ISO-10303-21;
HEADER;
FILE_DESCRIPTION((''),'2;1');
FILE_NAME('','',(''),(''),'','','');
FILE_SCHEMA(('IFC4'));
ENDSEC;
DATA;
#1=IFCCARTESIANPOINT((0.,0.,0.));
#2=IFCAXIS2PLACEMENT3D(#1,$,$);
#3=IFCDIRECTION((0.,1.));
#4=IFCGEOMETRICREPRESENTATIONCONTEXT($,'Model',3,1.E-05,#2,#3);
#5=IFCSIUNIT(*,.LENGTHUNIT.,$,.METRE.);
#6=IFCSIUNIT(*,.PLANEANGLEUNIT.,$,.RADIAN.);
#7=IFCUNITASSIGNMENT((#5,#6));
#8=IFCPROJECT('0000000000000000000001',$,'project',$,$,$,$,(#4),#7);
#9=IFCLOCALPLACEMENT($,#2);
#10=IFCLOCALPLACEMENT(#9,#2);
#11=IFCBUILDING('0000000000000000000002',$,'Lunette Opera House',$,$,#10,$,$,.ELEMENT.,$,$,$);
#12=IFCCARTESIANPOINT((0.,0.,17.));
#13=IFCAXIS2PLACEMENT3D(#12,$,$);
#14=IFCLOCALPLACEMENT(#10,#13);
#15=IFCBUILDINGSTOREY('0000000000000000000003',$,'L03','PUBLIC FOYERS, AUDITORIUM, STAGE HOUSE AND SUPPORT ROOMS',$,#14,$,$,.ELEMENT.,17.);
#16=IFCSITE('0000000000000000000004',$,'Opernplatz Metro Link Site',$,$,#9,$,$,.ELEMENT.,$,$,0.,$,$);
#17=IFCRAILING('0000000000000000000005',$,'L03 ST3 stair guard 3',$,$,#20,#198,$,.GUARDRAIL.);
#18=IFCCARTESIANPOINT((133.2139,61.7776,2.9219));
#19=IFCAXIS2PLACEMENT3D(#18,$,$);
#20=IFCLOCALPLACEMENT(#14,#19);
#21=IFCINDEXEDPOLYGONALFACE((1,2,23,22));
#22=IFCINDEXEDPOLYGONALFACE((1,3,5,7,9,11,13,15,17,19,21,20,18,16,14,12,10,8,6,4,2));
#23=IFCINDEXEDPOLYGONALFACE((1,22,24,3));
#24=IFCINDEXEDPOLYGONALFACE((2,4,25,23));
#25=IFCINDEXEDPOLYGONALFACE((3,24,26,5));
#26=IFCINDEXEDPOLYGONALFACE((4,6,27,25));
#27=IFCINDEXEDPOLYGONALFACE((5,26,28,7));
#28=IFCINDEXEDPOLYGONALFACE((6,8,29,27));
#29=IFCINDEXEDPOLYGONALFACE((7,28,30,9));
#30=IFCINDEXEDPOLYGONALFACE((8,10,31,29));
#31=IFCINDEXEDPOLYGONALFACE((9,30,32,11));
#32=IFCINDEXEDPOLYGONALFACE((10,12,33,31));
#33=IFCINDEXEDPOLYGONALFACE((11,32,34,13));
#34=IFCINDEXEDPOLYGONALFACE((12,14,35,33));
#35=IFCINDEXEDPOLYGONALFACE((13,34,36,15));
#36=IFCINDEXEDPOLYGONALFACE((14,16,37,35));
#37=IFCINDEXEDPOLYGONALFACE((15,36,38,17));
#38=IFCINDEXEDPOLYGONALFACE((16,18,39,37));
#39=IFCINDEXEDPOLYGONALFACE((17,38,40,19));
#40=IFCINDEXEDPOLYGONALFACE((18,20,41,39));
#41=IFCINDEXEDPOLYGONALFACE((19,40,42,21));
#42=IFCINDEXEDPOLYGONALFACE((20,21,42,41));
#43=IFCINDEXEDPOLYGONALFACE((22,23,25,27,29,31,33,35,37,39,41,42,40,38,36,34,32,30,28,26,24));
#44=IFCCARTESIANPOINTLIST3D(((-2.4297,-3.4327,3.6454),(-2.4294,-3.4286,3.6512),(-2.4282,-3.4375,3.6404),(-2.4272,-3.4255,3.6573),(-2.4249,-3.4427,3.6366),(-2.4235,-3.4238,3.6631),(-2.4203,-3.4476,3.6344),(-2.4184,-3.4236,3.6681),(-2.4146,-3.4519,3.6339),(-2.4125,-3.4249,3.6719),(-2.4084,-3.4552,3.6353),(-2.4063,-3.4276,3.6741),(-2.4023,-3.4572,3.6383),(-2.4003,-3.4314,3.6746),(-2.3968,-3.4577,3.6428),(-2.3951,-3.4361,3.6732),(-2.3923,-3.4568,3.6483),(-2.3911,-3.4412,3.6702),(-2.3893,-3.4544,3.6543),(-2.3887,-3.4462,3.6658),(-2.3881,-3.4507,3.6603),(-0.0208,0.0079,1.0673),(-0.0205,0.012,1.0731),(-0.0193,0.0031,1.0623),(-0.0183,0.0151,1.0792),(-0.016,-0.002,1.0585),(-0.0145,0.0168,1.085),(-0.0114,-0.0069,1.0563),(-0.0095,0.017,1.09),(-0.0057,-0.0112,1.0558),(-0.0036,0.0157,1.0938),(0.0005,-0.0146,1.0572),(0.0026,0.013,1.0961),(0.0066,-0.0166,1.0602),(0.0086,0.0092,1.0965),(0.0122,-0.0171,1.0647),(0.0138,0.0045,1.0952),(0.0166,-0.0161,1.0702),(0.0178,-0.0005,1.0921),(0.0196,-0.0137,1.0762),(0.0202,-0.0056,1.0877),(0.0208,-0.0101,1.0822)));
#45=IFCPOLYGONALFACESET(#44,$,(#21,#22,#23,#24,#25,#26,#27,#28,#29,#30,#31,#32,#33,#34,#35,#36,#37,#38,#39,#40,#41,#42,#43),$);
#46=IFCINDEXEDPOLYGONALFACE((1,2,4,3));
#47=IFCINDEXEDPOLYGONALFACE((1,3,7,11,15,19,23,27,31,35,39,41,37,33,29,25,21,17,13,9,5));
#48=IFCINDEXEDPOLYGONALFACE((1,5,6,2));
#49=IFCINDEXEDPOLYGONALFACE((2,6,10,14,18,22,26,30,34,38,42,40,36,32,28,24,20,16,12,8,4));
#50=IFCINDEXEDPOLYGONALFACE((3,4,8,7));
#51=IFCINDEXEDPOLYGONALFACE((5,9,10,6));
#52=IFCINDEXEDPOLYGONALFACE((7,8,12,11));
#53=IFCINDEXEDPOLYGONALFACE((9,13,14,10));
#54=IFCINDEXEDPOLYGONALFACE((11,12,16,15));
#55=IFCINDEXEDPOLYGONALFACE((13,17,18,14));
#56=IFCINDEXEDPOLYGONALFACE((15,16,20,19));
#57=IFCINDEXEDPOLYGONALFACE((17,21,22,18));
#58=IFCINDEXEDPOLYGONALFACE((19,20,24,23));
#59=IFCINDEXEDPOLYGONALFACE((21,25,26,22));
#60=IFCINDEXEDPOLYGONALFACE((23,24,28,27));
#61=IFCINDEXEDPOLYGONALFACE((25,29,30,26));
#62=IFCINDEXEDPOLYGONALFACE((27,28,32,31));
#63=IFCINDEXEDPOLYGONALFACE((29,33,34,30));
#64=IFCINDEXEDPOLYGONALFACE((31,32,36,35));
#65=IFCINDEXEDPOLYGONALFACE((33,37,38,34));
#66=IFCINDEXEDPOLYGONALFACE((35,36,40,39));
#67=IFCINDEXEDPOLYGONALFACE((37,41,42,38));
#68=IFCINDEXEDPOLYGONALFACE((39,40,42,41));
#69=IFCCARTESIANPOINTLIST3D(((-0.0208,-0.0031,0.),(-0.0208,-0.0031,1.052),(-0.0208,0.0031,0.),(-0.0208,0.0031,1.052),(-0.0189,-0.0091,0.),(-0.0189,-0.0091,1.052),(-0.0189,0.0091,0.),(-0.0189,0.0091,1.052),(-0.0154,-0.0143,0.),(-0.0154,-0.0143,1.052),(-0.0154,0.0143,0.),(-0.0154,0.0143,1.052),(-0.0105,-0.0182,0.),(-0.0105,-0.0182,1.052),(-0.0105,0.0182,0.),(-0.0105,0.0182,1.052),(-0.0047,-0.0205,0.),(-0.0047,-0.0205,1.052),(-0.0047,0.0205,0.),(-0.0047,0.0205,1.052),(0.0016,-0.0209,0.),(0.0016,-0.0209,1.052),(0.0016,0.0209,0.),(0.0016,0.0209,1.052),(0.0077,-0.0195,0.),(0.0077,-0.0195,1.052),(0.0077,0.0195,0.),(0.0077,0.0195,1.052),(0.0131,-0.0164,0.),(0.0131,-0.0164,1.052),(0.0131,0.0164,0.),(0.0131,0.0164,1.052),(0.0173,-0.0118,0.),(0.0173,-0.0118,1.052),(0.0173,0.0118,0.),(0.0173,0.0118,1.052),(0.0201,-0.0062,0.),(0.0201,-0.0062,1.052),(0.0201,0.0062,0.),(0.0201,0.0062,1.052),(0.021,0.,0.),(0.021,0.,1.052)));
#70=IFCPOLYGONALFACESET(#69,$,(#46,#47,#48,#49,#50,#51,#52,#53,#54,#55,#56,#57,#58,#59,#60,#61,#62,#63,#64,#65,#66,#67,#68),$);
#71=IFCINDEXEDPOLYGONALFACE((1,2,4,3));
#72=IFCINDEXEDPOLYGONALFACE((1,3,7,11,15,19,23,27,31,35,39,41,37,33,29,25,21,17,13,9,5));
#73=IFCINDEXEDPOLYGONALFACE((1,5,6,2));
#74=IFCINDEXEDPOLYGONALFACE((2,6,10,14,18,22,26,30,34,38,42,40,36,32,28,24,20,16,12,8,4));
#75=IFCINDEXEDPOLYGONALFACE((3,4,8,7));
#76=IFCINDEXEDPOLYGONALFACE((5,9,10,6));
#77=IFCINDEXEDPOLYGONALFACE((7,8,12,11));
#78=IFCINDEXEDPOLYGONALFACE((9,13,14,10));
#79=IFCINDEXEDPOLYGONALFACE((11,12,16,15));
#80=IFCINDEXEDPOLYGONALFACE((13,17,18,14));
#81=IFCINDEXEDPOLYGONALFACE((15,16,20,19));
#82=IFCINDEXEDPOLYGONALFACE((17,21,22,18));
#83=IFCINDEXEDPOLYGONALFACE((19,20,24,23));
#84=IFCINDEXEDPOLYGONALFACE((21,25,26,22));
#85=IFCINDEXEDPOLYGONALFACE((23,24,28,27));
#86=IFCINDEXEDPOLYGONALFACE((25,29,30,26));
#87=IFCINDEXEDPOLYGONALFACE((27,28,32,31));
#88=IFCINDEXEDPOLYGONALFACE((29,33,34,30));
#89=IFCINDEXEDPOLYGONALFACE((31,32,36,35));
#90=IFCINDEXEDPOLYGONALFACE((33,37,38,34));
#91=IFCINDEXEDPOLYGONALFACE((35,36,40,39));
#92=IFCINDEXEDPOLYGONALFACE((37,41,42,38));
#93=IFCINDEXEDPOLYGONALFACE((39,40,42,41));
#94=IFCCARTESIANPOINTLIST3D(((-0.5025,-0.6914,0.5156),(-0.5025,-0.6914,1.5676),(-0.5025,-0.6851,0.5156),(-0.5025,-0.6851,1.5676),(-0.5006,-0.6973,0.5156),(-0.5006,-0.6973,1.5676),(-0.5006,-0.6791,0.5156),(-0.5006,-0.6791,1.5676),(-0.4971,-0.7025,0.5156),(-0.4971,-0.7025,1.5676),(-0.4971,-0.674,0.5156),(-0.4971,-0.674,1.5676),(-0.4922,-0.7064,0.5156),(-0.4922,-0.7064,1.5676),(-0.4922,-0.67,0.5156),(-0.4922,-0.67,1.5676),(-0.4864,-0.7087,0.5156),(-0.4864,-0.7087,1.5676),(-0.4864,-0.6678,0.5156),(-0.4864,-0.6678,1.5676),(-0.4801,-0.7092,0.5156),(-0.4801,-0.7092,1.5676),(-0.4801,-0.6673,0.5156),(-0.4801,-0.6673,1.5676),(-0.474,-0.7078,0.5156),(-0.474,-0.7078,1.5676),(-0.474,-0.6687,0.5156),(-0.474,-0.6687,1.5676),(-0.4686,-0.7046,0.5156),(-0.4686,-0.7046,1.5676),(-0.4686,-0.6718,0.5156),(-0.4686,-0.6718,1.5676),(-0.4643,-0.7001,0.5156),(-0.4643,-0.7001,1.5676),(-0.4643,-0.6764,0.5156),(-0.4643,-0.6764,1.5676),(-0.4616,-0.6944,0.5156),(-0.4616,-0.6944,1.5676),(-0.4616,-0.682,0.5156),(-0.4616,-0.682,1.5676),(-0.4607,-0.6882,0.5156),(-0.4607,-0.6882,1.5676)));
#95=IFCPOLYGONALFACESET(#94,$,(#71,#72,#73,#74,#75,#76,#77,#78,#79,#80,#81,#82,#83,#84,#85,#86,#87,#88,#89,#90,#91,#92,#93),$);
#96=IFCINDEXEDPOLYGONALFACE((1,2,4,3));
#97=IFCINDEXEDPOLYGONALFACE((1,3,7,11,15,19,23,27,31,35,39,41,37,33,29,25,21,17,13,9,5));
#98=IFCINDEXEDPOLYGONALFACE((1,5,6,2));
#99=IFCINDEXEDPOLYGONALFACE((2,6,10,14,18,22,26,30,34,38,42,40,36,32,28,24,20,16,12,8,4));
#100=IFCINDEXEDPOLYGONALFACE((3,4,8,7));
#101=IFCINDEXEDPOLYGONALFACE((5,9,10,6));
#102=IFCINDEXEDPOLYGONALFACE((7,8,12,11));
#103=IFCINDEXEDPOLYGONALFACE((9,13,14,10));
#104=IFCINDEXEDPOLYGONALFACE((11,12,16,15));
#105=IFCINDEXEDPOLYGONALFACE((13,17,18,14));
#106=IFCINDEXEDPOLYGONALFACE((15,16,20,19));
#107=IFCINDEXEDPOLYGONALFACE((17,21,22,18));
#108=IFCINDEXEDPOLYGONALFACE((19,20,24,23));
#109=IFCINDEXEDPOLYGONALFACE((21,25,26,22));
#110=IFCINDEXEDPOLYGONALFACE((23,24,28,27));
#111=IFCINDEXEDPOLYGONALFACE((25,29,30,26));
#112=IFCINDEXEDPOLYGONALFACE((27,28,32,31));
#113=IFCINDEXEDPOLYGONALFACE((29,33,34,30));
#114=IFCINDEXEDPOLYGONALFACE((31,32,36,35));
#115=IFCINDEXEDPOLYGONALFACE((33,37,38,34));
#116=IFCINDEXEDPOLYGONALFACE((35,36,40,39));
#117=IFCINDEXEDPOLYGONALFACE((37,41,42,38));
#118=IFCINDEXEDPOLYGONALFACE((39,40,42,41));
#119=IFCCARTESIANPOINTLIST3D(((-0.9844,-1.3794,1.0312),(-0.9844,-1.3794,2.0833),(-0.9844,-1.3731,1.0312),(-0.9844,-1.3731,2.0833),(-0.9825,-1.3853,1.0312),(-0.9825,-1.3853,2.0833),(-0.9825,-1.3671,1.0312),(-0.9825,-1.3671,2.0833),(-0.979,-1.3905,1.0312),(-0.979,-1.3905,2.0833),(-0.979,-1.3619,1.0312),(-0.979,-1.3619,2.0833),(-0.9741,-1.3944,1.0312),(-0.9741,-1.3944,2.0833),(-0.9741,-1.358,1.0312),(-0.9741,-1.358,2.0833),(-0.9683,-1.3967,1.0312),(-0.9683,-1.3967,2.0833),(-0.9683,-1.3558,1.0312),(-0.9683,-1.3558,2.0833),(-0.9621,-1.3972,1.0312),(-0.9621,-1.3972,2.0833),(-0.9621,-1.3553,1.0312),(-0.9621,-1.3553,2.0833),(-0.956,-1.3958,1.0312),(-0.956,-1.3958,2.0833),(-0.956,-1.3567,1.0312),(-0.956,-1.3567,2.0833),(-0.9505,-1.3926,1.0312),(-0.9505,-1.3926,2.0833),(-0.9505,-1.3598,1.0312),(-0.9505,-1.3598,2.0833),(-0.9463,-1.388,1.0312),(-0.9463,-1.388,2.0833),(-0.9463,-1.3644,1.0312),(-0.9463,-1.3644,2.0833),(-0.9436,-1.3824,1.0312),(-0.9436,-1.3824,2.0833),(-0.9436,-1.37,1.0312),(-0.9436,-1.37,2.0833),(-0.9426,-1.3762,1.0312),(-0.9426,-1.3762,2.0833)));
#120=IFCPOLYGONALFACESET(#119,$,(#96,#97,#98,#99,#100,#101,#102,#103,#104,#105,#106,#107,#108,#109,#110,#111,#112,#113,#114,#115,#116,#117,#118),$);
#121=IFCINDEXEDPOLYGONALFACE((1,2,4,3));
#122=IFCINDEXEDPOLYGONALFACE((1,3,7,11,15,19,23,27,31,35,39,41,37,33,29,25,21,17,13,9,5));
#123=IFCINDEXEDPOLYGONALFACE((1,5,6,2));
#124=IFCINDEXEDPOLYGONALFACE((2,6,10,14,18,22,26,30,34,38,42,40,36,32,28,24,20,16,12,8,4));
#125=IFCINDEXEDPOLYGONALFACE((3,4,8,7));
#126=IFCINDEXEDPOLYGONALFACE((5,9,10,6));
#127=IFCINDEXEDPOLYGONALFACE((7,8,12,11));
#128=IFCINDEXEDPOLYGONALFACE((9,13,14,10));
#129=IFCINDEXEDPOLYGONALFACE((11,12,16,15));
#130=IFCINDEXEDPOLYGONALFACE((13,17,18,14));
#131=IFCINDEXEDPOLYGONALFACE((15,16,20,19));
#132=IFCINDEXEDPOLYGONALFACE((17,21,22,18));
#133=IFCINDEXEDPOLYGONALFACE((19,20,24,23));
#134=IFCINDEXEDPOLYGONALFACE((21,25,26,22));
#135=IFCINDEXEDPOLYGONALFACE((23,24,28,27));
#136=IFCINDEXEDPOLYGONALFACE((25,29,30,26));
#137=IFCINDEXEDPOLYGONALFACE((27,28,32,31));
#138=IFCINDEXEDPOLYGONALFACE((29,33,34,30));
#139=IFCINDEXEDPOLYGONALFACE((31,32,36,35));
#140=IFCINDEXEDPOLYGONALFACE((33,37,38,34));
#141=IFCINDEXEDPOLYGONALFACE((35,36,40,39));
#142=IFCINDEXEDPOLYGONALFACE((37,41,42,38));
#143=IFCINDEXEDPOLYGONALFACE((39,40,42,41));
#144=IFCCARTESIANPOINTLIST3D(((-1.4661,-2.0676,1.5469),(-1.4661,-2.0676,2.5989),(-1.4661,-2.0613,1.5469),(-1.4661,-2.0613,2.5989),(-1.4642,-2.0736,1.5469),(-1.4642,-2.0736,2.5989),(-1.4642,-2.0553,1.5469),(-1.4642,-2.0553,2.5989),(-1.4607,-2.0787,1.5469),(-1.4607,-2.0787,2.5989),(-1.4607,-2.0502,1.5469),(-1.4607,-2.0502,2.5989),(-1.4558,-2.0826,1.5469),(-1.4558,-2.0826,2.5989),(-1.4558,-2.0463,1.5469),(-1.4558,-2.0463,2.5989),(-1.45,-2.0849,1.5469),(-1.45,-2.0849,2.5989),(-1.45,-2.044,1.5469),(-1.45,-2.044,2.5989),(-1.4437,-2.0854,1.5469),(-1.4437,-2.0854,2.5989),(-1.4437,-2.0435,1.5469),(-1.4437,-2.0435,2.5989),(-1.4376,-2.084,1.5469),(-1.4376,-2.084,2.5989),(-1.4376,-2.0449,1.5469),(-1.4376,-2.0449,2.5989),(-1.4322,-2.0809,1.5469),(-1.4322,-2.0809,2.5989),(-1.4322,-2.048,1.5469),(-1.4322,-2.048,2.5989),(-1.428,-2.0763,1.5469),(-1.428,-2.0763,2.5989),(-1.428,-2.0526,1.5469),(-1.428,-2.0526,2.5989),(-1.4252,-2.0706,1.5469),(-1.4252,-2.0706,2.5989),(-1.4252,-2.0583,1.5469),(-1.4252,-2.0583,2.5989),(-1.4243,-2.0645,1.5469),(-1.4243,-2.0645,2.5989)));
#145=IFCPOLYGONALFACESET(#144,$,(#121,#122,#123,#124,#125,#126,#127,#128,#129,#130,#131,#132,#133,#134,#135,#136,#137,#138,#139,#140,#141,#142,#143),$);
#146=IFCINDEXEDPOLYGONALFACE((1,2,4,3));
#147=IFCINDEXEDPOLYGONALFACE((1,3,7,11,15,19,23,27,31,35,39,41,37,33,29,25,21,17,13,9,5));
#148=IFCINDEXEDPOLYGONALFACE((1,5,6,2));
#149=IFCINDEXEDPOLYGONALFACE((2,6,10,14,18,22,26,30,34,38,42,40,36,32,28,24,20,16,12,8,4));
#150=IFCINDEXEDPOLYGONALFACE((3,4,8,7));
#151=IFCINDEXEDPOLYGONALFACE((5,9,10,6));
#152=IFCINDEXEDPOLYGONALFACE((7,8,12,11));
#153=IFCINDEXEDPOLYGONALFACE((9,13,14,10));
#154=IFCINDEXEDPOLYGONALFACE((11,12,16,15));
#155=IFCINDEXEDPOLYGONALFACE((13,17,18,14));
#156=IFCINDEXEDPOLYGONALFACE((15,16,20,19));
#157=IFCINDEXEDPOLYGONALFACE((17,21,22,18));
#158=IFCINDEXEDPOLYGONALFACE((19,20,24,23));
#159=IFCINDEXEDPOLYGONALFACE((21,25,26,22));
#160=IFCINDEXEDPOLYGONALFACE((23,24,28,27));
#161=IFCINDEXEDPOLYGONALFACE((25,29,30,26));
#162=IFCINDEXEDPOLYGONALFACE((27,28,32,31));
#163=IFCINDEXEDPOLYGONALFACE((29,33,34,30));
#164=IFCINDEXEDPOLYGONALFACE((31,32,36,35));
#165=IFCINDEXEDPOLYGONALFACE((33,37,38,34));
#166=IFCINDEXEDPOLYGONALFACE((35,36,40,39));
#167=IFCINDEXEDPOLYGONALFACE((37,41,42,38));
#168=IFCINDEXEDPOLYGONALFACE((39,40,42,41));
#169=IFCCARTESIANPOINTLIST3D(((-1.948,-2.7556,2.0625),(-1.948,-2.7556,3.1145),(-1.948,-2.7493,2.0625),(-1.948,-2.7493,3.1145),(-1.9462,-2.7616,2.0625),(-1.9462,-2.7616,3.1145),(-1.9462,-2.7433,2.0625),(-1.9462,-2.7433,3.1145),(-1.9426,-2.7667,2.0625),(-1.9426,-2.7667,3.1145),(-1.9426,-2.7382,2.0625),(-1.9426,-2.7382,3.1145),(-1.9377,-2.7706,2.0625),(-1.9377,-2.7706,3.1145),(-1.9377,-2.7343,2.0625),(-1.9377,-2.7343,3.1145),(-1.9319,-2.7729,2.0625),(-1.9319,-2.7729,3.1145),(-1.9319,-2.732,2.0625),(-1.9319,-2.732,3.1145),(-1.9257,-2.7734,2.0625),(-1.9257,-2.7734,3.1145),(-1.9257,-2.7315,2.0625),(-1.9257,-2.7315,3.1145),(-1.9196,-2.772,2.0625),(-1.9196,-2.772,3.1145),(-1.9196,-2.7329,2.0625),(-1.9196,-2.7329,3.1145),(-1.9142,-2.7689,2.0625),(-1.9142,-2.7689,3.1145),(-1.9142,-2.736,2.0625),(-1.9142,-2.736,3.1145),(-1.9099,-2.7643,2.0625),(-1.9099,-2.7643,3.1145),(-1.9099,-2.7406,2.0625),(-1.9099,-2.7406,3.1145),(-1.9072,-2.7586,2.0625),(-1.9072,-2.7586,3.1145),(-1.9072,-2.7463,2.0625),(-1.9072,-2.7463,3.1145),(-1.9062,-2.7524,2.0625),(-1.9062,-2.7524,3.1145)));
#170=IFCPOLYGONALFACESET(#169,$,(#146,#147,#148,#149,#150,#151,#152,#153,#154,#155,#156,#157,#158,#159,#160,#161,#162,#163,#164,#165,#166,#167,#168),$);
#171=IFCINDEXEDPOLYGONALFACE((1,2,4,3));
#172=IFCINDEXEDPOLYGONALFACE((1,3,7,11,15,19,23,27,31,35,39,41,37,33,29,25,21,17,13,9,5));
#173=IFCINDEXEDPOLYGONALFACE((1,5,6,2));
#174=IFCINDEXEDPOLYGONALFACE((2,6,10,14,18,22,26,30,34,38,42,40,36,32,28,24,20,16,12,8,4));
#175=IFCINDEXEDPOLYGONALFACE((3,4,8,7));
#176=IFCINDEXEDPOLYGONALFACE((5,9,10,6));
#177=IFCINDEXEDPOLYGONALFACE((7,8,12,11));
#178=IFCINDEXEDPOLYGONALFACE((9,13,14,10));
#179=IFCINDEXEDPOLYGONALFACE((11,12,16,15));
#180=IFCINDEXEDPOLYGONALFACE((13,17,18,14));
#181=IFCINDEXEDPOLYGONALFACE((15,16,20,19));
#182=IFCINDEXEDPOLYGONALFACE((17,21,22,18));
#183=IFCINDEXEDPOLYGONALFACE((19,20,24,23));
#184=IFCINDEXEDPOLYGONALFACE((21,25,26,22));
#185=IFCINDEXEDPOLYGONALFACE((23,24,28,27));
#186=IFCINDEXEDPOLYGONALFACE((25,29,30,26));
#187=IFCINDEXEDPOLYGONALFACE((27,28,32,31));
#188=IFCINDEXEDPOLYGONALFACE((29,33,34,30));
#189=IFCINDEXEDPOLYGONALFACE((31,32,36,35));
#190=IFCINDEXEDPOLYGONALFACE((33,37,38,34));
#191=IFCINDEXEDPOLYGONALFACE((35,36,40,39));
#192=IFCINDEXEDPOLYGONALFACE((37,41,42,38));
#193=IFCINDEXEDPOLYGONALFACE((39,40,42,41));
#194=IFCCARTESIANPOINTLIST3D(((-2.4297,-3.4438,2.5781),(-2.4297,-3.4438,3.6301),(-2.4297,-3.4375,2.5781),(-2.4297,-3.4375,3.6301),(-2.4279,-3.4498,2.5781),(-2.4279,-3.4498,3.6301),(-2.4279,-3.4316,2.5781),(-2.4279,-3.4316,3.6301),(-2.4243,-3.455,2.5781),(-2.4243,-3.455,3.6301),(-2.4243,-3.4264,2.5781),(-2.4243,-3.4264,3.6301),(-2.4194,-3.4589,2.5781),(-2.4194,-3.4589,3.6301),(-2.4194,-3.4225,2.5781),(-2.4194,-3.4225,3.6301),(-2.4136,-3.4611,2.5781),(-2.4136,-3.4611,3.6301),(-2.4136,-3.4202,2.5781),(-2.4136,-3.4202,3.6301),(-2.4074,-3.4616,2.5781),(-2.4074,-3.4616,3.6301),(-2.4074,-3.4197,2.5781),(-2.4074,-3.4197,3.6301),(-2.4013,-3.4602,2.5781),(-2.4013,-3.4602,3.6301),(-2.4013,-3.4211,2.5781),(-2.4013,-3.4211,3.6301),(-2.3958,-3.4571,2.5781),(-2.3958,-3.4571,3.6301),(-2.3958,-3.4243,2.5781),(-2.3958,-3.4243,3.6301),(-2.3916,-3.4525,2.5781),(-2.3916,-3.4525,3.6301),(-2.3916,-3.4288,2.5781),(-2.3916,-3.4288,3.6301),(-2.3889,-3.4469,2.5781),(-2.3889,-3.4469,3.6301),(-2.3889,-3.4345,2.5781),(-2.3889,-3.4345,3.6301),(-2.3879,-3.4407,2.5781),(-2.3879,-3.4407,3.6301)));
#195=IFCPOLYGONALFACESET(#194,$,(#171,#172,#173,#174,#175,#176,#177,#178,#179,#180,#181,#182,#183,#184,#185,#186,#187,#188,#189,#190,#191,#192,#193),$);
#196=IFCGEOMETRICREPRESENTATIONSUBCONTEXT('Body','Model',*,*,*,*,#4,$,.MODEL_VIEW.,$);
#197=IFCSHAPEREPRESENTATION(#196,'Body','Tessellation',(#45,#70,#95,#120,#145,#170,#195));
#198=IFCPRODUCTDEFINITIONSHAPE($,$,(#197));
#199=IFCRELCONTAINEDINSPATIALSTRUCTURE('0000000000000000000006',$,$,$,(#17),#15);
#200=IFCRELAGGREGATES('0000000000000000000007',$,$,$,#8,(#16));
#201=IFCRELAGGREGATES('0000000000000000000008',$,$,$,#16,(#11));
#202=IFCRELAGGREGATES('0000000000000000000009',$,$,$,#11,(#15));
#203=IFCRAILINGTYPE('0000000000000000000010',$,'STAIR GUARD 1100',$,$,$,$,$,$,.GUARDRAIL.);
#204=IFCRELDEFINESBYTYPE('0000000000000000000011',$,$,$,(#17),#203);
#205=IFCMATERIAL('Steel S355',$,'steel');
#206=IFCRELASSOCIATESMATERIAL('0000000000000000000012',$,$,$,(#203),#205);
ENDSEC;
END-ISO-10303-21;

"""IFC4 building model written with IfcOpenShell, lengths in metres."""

from ifc_helpers import new_model, si_unit, direction, frame, origin, origin_2d, place, context, subcontext, project, spatial, circle, extrude, material, type_object, element, save


model = new_model("IFC4")

# Units and contexts
model_context = context("Model", 3, precision=1e-05, world=origin(), true_north=direction((0.0, 1.0)))
body_context = subcontext(model_context, "Body", "Model", "MODEL_VIEW")
ifc_project = project(units=[si_unit("LENGTHUNIT", "METRE"), si_unit("PLANEANGLEUNIT", "RADIAN")], contexts=[model_context])

# Site, building, storey
site_placement = place(None, origin())
site = spatial("IfcSite", under=ifc_project, at=site_placement, Name="Opernplatz Metro Link Site", CompositionType="ELEMENT", RefElevation=0.0)
building_placement = place(site_placement, origin())
building = spatial("IfcBuilding", under=site, at=building_placement, Name="Lunette Opera House", CompositionType="ELEMENT")
storey_placement = place(building_placement, frame((0.0, 0.0, 17.0)))
storey = spatial("IfcBuildingStorey", under=building, at=storey_placement, Name="L03", Description="PUBLIC FOYERS, AUDITORIUM, STAGE HOUSE AND SUPPORT ROOMS", CompositionType="ELEMENT", Elevation=17.0)

# Railing
ifc_material_1 = material(Name="Steel S355", Category="steel")
railing_type_1 = type_object("IfcRailingType", Name="STAIR GUARD 1100", PredefinedType="GUARDRAIL", material=ifc_material_1)
railing_1_placement = place(storey_placement, frame((133.2139, 61.7776, 2.9219)))
element("IfcRailing", 1, at=railing_1_placement, inside=storey, type_object=railing_type_1, Name="L03 ST3 stair guard 3", PredefinedType="GUARDRAIL", context=body_context, shape_type="SweptSolid", body=[
    extrude(circle(Radius=0.0239, at=origin_2d()), frame((0.0, 0.0, 1.0762), z_axis=(-0.488799, -0.698149, 0.523129), x_axis=(0.81918, -0.573536, 0.0)), (0.0, 0.0, 1.0), 4.9282),
    extrude(circle(Radius=0.021, at=origin_2d()), origin(), (0.0, 0.0, 1.0), 1.052),
    extrude(circle(Radius=0.021, at=origin_2d()), frame((-0.4817, -0.6882, 0.5156)), (0.0, 0.0, 1.0), 1.052),
    extrude(circle(Radius=0.021, at=origin_2d()), frame((-0.9636, -1.3762, 1.0312)), (0.0, 0.0, 1.0), 1.052),
    extrude(circle(Radius=0.021, at=origin_2d()), frame((-1.4453, -2.0645, 1.5469)), (0.0, 0.0, 1.0), 1.052),
    extrude(circle(Radius=0.021, at=origin_2d()), frame((-1.9272, -2.7524, 2.0625)), (0.0, 0.0, 1.0), 1.052),
    extrude(circle(Radius=0.021, at=origin_2d()), frame((-2.4089, -3.4407, 2.5781)), (0.0, 0.0, 1.0), 1.052),
])

save(model, "model.ifc")
